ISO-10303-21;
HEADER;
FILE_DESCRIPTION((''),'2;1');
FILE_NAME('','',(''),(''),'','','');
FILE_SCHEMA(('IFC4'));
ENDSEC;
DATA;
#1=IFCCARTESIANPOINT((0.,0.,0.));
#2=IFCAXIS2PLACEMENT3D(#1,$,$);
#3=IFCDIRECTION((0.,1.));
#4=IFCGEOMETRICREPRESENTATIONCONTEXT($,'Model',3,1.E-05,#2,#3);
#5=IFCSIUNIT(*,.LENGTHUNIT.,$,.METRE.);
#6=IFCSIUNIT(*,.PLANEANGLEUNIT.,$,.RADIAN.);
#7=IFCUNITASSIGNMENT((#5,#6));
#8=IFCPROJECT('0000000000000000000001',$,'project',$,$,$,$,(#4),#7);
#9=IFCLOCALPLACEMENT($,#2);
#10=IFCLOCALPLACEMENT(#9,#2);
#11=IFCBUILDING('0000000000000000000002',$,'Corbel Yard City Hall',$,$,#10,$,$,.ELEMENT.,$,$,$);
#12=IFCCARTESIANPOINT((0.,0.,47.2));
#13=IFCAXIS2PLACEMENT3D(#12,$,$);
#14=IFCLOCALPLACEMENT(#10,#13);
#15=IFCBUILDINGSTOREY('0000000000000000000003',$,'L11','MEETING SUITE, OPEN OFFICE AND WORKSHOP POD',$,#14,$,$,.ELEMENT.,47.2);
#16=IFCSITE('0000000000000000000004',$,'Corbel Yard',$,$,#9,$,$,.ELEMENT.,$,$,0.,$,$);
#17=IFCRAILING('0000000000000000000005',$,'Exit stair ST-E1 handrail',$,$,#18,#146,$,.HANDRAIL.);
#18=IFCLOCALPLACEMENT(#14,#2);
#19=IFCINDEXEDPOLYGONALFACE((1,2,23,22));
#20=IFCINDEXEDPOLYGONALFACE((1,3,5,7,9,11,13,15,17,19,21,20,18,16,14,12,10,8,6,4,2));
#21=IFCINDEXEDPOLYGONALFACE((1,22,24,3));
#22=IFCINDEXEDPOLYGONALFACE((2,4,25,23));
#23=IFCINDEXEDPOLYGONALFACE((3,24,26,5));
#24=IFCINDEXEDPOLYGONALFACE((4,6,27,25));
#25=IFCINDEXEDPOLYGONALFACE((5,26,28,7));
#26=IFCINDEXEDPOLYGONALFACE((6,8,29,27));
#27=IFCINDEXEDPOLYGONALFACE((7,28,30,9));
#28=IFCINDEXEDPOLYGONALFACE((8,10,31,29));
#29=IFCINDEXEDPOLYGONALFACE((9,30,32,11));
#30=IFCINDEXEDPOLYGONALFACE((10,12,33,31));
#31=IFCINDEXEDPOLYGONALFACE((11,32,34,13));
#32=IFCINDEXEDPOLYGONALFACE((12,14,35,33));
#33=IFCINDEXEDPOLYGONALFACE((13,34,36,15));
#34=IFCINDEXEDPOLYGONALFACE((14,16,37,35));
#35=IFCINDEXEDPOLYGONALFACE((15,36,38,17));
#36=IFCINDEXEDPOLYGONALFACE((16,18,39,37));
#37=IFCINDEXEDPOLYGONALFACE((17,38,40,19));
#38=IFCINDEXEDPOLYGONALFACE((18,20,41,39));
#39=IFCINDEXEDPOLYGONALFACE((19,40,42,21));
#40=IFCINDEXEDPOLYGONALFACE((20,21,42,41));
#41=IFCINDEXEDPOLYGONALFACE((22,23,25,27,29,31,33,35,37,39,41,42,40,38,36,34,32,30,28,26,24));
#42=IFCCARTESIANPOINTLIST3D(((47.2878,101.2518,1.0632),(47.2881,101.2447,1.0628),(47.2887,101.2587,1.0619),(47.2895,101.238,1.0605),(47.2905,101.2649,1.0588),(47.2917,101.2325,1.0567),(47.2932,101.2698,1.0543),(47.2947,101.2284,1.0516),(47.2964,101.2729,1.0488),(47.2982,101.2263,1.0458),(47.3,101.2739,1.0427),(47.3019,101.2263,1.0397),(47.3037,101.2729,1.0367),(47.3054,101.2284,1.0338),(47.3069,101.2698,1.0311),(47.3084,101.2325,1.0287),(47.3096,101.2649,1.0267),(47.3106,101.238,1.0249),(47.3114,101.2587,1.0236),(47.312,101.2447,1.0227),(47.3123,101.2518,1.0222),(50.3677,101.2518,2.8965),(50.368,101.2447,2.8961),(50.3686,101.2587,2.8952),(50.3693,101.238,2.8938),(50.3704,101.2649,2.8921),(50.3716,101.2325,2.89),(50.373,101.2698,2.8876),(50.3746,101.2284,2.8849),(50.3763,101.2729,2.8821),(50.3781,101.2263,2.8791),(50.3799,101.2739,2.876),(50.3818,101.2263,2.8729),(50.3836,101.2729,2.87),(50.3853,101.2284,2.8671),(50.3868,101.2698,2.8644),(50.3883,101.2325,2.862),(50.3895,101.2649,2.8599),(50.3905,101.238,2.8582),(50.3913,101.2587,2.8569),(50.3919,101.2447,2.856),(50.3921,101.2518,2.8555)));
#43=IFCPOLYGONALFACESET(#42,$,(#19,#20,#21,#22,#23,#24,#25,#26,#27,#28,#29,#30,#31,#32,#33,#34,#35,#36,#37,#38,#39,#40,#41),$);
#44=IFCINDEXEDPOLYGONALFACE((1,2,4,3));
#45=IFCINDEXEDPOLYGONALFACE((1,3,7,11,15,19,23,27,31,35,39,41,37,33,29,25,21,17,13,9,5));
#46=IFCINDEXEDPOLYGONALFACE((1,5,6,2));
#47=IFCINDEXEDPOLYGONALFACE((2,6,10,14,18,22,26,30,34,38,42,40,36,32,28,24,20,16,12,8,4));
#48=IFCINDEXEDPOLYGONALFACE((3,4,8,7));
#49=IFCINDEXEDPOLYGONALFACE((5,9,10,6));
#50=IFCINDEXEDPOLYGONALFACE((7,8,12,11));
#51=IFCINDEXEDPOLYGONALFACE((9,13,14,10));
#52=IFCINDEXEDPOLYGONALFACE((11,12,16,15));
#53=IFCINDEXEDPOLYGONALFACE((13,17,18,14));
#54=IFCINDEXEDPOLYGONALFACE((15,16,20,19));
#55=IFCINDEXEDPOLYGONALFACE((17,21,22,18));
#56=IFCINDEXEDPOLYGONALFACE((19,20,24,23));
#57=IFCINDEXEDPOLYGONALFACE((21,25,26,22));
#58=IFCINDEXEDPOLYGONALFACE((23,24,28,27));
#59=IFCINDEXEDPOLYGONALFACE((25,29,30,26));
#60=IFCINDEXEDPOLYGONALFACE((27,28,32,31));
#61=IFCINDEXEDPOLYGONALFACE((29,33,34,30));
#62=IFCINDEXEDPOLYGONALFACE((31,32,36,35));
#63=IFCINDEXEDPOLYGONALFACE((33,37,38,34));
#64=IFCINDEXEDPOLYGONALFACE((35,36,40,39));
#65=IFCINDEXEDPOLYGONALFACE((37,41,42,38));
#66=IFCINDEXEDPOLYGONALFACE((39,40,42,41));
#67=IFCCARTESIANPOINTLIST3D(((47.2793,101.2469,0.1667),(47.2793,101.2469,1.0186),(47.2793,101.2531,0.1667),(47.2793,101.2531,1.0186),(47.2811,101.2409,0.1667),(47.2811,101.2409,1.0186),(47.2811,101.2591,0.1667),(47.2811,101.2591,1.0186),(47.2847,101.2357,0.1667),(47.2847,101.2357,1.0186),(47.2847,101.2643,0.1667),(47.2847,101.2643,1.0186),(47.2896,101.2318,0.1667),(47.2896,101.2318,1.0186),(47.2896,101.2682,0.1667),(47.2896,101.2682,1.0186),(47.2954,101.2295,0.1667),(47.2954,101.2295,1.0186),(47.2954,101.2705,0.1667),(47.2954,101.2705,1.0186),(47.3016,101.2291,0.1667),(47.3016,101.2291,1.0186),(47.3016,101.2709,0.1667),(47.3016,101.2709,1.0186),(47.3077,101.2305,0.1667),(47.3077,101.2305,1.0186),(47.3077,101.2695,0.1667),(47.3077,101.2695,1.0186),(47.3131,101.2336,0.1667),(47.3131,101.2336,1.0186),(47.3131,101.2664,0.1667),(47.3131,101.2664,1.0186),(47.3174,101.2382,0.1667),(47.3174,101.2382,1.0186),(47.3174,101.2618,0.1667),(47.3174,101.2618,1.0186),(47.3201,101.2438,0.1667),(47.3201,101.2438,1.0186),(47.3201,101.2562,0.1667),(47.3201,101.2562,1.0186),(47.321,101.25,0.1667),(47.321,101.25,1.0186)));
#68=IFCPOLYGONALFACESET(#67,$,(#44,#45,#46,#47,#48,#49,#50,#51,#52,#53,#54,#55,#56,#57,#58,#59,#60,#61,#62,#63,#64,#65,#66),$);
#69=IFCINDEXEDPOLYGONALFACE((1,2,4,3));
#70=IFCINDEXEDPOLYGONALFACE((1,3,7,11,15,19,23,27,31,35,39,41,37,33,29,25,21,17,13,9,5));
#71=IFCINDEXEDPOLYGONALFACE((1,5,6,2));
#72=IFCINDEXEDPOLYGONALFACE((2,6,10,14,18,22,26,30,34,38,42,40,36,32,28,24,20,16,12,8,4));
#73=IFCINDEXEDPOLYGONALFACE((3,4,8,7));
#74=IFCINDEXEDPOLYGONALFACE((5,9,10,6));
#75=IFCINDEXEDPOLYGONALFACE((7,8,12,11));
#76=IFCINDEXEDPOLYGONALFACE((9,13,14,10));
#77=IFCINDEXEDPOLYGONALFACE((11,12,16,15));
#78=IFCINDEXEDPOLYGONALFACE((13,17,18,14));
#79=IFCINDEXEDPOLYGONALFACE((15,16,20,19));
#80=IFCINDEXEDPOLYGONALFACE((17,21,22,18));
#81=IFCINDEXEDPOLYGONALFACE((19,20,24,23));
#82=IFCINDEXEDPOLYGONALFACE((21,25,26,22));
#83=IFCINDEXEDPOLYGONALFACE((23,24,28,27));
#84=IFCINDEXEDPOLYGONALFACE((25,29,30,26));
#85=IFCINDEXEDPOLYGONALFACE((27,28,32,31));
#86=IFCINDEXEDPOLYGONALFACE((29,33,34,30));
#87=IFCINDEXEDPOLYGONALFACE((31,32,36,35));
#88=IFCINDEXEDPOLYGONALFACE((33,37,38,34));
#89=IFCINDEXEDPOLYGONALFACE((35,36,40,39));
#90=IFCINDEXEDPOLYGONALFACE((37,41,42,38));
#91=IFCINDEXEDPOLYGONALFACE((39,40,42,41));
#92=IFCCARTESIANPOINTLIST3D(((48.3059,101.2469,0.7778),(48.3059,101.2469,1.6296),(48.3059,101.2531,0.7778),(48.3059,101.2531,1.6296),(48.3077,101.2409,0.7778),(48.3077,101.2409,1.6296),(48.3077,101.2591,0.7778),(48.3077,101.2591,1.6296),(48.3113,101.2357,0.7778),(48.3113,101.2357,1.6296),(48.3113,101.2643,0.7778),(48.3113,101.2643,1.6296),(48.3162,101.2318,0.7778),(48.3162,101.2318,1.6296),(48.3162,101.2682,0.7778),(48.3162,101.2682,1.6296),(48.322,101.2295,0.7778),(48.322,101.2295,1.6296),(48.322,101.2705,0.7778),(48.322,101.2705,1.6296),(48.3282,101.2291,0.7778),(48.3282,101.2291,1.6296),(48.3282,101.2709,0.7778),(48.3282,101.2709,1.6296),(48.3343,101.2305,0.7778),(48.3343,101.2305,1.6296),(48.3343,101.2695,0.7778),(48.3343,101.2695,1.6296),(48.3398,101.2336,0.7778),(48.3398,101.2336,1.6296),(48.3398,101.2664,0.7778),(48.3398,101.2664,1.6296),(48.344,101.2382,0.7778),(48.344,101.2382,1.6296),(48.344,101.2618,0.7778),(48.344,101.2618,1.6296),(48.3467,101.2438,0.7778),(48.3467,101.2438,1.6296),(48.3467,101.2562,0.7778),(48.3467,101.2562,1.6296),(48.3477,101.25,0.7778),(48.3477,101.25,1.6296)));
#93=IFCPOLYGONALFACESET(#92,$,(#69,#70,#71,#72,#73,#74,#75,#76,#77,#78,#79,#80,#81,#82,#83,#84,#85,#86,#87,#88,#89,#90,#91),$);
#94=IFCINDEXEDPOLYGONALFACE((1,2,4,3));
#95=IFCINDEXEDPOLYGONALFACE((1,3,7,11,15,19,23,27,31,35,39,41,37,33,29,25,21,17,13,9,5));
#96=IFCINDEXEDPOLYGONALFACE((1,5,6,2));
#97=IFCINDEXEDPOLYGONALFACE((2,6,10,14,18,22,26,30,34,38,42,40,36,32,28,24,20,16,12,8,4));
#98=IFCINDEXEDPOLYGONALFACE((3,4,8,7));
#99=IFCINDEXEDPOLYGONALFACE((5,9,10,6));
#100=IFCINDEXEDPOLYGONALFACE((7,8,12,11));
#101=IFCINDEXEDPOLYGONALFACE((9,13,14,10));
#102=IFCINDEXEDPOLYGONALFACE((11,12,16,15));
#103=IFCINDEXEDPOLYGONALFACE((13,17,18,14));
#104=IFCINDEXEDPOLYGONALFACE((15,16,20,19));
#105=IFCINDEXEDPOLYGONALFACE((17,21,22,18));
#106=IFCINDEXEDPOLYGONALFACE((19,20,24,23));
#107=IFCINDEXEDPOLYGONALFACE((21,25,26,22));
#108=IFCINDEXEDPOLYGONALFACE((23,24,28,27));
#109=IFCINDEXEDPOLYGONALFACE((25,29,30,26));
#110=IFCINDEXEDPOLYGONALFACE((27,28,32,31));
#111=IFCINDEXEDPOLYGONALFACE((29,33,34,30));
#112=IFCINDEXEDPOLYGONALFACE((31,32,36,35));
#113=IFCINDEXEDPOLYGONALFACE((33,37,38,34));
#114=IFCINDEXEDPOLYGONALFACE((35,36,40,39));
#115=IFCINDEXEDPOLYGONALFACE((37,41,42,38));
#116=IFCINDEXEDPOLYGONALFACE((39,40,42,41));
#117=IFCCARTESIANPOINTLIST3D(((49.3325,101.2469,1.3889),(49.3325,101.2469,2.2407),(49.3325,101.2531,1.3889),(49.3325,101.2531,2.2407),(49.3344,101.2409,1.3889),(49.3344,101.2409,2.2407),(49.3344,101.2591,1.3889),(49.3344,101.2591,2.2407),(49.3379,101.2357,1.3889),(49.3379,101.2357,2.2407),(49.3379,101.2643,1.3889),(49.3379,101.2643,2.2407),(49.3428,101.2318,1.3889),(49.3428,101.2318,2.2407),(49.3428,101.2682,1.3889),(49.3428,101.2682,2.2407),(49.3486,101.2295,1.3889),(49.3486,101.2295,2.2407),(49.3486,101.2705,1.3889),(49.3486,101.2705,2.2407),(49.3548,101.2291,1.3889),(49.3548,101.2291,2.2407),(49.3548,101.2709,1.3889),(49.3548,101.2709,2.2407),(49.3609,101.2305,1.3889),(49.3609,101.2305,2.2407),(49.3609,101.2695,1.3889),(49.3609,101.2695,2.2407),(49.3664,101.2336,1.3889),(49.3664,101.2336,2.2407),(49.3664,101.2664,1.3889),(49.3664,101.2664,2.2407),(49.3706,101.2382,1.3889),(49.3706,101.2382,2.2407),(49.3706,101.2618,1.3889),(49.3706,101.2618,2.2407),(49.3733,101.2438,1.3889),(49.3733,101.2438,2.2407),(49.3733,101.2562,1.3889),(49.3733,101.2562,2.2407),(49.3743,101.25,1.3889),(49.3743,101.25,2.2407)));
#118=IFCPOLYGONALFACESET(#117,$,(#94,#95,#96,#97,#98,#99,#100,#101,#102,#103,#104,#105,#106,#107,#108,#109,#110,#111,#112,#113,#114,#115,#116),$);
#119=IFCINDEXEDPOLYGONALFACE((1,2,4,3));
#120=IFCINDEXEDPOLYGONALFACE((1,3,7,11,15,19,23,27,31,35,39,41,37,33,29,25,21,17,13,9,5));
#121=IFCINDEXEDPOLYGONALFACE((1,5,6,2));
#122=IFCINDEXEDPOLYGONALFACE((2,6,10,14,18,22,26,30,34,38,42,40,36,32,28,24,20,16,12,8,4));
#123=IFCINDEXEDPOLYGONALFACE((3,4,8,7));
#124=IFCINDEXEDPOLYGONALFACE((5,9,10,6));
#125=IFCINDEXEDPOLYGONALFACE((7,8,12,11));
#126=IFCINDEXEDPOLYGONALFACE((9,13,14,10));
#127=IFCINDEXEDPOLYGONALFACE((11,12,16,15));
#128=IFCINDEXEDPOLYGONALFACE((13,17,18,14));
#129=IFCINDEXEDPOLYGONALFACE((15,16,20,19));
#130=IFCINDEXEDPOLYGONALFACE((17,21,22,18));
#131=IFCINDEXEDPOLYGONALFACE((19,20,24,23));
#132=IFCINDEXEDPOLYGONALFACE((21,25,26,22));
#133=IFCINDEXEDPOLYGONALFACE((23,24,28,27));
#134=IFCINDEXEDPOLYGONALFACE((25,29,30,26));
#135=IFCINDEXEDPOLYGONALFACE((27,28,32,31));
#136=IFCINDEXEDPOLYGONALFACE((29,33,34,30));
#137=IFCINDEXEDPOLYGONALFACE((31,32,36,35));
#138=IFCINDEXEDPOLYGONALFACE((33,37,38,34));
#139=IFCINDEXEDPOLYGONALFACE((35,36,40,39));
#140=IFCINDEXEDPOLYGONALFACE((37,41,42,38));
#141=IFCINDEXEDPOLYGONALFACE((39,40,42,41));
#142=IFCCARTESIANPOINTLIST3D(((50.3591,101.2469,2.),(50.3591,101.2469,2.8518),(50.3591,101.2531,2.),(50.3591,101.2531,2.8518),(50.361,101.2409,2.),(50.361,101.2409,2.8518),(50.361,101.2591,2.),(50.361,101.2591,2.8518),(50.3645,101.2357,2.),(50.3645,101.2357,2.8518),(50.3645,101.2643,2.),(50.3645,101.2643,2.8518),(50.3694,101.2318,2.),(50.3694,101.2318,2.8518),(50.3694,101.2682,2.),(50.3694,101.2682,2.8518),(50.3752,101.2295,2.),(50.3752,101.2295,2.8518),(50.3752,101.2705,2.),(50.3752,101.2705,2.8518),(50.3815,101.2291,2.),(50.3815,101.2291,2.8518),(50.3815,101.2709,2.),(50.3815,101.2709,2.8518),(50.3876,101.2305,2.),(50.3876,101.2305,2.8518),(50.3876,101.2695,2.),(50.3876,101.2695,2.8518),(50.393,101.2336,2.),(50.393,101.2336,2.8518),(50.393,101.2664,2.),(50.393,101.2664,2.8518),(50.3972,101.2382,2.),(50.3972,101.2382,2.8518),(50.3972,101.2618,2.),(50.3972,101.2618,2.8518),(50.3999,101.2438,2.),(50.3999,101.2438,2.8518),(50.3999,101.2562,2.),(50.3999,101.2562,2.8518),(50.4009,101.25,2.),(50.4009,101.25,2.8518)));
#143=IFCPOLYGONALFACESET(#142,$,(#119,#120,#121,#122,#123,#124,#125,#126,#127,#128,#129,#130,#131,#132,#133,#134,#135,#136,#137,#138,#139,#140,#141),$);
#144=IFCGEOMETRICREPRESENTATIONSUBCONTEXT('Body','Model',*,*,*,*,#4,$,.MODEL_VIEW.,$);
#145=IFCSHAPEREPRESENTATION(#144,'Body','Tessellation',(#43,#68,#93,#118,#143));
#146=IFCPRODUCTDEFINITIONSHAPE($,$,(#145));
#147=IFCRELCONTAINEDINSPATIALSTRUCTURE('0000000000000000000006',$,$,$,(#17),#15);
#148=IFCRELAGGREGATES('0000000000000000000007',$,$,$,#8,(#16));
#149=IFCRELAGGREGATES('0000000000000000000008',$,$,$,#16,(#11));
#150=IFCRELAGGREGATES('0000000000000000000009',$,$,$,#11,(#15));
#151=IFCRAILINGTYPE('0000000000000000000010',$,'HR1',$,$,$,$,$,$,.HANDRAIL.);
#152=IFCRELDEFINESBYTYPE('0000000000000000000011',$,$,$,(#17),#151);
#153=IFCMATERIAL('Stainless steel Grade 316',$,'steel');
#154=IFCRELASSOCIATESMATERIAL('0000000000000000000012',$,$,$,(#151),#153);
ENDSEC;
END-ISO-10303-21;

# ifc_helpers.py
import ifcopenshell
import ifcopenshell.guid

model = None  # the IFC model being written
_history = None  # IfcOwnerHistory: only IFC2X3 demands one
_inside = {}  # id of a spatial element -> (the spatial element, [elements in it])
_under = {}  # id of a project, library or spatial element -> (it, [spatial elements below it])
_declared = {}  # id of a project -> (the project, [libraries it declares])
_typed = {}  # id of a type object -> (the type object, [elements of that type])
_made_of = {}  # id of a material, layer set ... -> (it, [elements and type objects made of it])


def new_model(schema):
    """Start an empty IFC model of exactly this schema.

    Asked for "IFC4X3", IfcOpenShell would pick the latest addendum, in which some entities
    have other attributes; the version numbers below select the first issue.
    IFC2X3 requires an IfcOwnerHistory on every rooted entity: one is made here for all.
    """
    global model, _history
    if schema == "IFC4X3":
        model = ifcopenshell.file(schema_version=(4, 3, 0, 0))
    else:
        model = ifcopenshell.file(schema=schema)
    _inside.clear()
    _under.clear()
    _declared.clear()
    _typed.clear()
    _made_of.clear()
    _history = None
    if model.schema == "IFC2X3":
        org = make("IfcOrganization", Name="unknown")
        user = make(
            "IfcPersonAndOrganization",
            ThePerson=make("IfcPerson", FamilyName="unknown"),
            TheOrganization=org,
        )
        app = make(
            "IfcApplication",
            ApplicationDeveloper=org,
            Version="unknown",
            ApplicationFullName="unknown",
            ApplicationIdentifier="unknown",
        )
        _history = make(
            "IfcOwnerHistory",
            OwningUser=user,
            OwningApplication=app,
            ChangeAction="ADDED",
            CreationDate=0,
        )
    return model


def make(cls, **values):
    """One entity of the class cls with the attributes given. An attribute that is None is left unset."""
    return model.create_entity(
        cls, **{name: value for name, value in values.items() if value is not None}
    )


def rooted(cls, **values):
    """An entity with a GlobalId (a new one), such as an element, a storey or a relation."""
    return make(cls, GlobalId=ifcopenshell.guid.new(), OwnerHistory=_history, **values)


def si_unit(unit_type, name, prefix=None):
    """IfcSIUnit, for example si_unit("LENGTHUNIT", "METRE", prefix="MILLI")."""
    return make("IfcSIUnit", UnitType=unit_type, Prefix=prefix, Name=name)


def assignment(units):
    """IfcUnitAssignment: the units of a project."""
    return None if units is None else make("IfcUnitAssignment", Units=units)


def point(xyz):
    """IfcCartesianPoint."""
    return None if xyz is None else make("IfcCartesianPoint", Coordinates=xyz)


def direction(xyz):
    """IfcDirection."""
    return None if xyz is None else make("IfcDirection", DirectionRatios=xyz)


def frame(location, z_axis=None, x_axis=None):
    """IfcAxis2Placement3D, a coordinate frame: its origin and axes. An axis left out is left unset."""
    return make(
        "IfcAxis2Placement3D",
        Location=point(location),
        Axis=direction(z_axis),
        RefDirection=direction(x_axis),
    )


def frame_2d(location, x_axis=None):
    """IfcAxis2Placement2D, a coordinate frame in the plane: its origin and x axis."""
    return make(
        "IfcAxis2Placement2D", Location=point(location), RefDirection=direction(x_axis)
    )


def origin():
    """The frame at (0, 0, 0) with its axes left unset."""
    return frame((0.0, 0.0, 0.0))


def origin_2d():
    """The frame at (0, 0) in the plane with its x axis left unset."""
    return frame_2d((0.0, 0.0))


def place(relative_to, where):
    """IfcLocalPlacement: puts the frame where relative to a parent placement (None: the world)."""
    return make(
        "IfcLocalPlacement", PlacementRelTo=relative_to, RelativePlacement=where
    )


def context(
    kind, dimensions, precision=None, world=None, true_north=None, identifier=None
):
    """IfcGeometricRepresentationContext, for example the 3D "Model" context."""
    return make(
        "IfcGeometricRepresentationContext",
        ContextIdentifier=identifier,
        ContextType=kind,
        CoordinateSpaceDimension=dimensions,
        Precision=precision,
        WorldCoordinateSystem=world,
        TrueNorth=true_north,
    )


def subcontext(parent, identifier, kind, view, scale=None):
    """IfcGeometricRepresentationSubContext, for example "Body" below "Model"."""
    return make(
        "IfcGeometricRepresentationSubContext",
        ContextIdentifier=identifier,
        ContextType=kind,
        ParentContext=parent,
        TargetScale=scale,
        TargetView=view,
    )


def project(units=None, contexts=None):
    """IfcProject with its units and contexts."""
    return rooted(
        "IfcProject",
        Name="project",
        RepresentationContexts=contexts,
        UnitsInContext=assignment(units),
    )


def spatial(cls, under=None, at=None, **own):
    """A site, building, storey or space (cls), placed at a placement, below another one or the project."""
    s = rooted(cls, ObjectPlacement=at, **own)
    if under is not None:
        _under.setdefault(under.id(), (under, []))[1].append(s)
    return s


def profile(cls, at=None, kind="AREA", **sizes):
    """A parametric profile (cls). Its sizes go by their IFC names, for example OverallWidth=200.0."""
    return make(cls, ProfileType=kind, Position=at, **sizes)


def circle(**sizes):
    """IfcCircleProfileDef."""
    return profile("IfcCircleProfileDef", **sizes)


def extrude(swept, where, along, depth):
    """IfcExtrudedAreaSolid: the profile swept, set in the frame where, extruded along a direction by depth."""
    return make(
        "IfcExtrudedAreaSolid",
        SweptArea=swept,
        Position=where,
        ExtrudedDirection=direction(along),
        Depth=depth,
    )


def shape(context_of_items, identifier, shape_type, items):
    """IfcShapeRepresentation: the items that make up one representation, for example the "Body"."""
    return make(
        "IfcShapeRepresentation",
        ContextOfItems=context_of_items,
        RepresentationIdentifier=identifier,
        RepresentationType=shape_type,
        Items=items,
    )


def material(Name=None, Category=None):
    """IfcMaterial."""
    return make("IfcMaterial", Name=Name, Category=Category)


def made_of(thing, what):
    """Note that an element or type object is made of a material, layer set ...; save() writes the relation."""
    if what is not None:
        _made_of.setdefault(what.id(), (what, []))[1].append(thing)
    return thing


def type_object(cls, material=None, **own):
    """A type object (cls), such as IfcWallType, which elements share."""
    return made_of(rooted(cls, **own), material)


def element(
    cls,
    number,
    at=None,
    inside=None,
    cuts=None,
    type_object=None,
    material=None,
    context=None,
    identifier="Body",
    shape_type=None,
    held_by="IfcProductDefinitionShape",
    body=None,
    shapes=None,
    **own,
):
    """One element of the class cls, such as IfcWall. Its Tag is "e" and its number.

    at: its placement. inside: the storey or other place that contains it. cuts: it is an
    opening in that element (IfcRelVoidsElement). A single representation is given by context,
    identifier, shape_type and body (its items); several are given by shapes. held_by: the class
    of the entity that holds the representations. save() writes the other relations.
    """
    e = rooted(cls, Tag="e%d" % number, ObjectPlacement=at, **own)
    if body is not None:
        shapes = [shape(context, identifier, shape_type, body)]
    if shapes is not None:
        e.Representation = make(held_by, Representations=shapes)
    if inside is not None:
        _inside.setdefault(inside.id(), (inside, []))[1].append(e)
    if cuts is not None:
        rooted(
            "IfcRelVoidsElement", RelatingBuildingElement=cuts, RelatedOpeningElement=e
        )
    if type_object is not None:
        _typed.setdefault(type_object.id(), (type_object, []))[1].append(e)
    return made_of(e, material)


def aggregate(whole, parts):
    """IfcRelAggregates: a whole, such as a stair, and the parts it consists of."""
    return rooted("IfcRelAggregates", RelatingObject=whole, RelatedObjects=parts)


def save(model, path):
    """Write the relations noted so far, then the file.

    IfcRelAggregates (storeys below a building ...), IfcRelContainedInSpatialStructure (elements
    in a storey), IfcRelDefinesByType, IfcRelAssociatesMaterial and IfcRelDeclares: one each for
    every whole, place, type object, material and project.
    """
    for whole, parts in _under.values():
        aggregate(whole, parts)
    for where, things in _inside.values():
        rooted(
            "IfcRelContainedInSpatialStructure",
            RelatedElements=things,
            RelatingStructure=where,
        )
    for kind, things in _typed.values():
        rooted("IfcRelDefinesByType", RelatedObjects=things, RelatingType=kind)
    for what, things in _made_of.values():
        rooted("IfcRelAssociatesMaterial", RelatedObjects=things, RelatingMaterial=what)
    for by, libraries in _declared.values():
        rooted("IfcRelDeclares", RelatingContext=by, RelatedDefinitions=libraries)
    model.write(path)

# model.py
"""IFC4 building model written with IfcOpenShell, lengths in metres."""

from ifc_helpers import new_model, si_unit, direction, frame, origin, origin_2d, place, context, subcontext, project, spatial, circle, extrude, material, type_object, element, save


model = new_model("IFC4")

# Units and contexts
model_context = context("Model", 3, precision=1e-05, world=origin(), true_north=direction((0.0, 1.0)))
body_context = subcontext(model_context, "Body", "Model", "MODEL_VIEW")
ifc_project = project(units=[si_unit("LENGTHUNIT", "METRE"), si_unit("PLANEANGLEUNIT", "RADIAN")], contexts=[model_context])

# Site, building, storey
site_placement = place(None, origin())
site = spatial("IfcSite", under=ifc_project, at=site_placement, Name="Corbel Yard", CompositionType="ELEMENT", RefElevation=0.0)
building_placement = place(site_placement, origin())
building = spatial("IfcBuilding", under=site, at=building_placement, Name="Corbel Yard City Hall", CompositionType="ELEMENT")
storey_placement = place(building_placement, frame((0.0, 0.0, 47.2)))
storey = spatial("IfcBuildingStorey", under=building, at=storey_placement, Name="L11", Description="MEETING SUITE, OPEN OFFICE AND WORKSHOP POD", CompositionType="ELEMENT", Elevation=47.2)

# Railing
ifc_material_1 = material(Name="Stainless steel Grade 316", Category="steel")
railing_type = type_object("IfcRailingType", Name="HR1", PredefinedType="HANDRAIL", material=ifc_material_1)
for number, where, name in (
    (1, (47.3, 101.25, 0.1667), "Exit stair ST-E1 handrail"),
):
    element("IfcRailing", number, at=place(storey_placement, frame(where)), inside=storey, type_object=railing_type, Name=name, PredefinedType="HANDRAIL", context=body_context, shape_type="SweptSolid", body=[
        extrude(circle(Radius=0.0239, at=origin_2d()), frame((0.0, 0.0, 0.876), z_axis=(0.859291, 0.0, 0.511487), x_axis=(0.0, 1.0, 0.0)), (0.0, 0.0, 1.0), 3.5842),
        extrude(circle(Radius=0.021, at=origin_2d()), origin(), (0.0, 0.0, 1.0), 0.8518),
        extrude(circle(Radius=0.021, at=origin_2d()), frame((1.0266, 0.0, 0.6111)), (0.0, 0.0, 1.0), 0.8518),
        extrude(circle(Radius=0.021, at=origin_2d()), frame((2.0532, 0.0, 1.2222)), (0.0, 0.0, 1.0), 0.8518),
        extrude(circle(Radius=0.021, at=origin_2d()), frame((3.0798, 0.0, 1.8333)), (0.0, 0.0, 1.0), 0.8518),
    ])

save(model, "model.ifc")
